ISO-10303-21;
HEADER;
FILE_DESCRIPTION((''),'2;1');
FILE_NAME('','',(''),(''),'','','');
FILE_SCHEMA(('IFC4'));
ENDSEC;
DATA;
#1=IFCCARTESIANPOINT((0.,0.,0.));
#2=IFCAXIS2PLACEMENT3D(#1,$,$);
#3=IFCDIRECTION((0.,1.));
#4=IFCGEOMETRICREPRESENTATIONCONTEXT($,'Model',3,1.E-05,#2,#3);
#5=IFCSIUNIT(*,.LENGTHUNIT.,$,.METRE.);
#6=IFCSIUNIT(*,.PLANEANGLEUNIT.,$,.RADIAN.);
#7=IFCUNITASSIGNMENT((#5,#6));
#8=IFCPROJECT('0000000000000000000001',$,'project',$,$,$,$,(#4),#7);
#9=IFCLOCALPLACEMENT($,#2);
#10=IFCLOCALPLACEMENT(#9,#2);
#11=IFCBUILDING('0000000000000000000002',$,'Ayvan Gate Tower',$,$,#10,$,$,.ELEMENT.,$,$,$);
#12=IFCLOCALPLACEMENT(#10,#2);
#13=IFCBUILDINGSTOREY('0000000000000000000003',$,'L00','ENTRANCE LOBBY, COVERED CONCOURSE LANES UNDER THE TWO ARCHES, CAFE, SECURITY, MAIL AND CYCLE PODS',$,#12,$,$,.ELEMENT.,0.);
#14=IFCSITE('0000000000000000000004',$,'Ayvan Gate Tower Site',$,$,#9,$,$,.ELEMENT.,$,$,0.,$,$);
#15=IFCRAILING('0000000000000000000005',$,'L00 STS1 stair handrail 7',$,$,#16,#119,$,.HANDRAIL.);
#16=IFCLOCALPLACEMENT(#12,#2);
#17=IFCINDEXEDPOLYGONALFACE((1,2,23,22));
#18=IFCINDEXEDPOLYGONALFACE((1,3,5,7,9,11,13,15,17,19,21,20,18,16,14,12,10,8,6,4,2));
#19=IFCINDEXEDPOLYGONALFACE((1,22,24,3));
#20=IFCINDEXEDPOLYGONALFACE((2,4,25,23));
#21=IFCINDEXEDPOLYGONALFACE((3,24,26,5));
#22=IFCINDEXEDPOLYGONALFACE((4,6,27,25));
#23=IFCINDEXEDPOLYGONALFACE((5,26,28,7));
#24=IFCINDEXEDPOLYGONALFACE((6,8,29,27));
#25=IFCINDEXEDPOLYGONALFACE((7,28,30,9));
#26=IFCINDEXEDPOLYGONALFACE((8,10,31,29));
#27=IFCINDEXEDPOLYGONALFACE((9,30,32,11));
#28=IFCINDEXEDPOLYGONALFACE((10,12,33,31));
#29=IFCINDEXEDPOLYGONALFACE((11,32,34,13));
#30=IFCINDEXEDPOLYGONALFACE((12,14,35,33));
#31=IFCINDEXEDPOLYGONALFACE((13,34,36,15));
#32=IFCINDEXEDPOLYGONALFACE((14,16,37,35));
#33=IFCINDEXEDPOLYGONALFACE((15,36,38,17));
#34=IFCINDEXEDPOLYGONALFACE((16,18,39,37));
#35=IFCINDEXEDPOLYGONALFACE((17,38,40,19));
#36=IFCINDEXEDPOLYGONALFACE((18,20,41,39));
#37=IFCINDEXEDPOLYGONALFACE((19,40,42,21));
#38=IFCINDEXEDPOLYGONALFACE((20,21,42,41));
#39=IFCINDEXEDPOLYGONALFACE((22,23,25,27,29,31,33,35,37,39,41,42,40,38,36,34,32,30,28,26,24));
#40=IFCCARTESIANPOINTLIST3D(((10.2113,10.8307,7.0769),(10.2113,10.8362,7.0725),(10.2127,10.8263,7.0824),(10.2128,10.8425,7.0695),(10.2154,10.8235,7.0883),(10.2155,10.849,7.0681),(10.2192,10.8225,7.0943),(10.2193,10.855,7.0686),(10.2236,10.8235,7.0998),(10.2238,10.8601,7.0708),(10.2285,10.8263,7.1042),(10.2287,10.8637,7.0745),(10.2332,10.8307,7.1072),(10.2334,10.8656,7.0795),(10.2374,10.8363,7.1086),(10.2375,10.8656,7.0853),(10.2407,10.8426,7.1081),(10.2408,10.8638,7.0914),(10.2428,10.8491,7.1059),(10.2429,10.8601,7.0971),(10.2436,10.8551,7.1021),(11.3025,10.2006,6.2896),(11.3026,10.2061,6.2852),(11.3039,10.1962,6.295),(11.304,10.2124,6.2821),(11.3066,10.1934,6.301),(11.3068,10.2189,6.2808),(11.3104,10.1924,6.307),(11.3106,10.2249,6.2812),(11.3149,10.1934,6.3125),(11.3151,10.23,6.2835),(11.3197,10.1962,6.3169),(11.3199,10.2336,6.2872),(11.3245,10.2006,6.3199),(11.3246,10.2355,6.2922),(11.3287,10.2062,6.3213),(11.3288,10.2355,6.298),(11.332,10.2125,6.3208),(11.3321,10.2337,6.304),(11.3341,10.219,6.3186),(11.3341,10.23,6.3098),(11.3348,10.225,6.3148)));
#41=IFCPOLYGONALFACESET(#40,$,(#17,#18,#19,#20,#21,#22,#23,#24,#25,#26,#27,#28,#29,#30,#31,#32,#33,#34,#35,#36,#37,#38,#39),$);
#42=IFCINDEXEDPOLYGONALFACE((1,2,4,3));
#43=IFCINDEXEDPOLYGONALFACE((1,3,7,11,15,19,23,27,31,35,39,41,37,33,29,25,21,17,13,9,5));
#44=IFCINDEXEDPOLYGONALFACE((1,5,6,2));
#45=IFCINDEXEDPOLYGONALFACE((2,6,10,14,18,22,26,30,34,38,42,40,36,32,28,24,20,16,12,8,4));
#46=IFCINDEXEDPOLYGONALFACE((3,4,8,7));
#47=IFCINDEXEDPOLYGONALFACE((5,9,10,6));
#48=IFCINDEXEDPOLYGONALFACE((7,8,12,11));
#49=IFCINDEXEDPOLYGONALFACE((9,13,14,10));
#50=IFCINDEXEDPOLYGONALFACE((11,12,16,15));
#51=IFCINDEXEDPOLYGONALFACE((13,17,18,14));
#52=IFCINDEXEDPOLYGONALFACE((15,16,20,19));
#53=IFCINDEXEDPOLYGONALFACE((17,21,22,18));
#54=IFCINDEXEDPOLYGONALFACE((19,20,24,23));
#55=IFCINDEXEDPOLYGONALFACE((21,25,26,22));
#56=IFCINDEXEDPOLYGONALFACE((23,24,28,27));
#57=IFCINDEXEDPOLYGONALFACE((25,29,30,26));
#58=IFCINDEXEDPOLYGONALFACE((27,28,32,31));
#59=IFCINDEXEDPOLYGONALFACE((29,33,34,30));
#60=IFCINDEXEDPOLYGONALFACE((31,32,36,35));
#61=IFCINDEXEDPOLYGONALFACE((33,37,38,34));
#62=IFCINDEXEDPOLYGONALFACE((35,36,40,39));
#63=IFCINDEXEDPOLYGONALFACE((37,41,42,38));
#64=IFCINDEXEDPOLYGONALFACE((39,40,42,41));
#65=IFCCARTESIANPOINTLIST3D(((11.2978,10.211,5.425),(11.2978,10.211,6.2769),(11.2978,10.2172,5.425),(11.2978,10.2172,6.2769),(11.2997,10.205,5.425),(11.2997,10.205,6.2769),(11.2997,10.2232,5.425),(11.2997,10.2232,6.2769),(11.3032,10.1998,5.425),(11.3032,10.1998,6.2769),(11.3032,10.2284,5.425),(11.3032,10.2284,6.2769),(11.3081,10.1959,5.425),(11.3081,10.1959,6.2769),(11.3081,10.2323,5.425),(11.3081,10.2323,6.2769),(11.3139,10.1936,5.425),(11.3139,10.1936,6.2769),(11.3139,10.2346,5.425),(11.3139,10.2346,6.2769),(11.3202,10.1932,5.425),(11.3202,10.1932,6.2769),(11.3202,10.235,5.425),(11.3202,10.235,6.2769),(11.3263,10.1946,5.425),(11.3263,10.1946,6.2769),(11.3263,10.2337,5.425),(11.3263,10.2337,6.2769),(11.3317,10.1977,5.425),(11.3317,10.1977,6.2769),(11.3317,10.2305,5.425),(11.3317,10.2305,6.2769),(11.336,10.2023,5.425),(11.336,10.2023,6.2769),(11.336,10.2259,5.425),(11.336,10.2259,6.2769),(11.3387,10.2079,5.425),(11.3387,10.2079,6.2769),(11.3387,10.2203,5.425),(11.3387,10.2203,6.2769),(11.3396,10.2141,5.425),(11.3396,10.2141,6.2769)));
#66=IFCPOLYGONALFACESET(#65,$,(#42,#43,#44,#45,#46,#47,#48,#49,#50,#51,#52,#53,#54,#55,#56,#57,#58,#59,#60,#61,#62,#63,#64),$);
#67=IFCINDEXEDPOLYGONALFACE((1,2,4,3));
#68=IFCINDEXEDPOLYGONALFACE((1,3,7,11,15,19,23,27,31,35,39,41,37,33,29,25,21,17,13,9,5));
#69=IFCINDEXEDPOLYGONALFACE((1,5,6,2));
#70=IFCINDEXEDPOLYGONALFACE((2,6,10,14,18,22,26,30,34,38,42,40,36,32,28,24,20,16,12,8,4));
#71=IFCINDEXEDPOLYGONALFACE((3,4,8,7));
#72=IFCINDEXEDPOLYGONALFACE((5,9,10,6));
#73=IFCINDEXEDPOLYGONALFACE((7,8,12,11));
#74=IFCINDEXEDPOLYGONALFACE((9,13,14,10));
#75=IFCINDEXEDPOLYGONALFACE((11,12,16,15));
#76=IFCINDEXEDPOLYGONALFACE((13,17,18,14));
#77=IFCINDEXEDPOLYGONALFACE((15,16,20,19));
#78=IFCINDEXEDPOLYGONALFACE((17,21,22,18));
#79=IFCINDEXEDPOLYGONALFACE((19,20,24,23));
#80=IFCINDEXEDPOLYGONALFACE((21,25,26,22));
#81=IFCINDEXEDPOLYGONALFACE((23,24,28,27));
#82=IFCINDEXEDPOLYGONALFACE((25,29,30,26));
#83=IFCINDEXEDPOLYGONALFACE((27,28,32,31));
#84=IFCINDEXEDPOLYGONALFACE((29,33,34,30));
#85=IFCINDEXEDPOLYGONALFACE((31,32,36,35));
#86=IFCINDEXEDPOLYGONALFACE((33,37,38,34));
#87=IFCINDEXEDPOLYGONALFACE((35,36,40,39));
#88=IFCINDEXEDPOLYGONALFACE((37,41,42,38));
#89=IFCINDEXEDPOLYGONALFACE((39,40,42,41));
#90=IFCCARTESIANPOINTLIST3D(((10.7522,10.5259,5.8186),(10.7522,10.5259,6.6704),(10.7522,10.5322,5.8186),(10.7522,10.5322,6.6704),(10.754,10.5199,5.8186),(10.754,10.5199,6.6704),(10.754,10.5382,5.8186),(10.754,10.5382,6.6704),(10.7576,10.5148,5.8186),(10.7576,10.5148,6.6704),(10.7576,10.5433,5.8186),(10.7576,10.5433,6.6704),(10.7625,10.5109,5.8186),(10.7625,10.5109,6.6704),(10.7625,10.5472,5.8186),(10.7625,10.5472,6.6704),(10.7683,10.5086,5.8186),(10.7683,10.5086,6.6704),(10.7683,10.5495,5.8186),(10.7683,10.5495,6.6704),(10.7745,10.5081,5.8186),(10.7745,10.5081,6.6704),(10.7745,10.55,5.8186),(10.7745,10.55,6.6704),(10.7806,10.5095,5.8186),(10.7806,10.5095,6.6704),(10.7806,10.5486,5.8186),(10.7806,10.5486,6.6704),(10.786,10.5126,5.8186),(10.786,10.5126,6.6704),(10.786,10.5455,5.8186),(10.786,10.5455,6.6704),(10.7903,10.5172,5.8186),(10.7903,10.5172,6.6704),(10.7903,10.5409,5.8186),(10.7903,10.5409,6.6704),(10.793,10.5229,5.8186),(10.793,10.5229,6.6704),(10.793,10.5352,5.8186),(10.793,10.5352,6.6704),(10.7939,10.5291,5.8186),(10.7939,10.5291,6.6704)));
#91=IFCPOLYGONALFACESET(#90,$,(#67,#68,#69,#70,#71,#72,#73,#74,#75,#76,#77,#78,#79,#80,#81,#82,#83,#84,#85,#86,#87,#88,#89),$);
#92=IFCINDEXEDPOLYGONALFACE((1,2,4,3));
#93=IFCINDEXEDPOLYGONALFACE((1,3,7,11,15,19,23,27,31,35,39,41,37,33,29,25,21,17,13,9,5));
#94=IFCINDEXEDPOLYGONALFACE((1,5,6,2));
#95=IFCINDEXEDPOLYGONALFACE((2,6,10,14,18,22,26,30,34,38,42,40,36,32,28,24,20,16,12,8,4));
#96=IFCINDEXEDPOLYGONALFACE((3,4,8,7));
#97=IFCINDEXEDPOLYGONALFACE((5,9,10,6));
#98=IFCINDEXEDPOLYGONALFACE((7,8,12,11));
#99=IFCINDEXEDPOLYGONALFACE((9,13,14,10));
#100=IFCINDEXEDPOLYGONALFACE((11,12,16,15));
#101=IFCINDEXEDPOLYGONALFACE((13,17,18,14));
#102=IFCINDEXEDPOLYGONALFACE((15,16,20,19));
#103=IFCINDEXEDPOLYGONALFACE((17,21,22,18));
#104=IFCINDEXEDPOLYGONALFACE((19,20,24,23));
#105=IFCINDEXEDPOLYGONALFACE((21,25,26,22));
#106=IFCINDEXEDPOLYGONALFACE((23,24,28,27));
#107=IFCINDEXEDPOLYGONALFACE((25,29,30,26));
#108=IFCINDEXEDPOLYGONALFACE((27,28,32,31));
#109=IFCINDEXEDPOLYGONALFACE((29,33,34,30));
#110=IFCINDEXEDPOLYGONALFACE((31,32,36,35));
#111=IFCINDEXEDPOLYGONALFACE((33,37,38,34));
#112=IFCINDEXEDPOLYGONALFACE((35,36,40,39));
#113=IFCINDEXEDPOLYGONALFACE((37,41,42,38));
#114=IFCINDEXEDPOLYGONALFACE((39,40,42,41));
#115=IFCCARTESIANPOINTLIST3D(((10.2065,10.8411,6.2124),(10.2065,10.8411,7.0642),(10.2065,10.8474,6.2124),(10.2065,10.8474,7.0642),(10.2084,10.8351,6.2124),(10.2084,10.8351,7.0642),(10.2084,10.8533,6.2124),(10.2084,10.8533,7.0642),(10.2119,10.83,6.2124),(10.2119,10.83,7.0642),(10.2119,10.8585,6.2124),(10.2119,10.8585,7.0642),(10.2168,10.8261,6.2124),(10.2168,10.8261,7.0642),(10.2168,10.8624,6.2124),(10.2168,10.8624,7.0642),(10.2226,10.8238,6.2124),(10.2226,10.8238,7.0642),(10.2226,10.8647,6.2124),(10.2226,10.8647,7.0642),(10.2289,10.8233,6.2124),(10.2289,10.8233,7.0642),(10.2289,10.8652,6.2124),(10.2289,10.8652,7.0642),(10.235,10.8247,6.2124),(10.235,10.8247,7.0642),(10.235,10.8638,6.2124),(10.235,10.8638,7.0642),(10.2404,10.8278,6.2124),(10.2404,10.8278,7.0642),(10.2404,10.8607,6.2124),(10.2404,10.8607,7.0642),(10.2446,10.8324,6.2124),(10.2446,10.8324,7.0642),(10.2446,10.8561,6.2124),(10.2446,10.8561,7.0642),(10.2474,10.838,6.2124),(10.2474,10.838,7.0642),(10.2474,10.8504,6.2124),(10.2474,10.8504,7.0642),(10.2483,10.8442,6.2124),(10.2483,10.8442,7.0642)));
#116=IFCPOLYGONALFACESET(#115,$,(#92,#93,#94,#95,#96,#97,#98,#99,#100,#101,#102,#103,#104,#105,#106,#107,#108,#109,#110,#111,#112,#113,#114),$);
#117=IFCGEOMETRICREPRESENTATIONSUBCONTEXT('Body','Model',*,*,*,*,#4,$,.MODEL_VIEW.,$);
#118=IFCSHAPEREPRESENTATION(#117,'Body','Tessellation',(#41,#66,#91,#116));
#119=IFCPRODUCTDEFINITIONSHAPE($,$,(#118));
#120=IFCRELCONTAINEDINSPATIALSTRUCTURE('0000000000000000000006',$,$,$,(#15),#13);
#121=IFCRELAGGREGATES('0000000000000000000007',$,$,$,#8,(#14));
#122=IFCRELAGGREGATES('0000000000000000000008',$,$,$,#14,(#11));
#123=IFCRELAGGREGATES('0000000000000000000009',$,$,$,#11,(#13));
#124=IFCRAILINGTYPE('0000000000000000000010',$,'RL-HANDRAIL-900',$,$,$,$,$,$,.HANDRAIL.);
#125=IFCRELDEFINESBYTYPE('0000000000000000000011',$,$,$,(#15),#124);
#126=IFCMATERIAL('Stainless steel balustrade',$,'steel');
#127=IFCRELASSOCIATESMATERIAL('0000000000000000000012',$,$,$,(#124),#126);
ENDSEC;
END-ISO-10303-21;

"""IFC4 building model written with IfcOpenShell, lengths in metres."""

from ifc_helpers import new_model, si_unit, direction, frame, origin, origin_2d, place, context, subcontext, project, spatial, circle, extrude, material, type_object, element, save


model = new_model("IFC4")

# Units and contexts
model_context = context("Model", 3, precision=1e-05, world=origin(), true_north=direction((0.0, 1.0)))
body_context = subcontext(model_context, "Body", "Model", "MODEL_VIEW")
ifc_project = project(units=[si_unit("LENGTHUNIT", "METRE"), si_unit("PLANEANGLEUNIT", "RADIAN")], contexts=[model_context])

# Site, building, storey
site_placement = place(None, origin())
site = spatial("IfcSite", under=ifc_project, at=site_placement, Name="Ayvan Gate Tower Site", CompositionType="ELEMENT", RefElevation=0.0)
building_placement = place(site_placement, origin())
building = spatial("IfcBuilding", under=site, at=building_placement, Name="Ayvan Gate Tower", CompositionType="ELEMENT")
storey_placement = place(building_placement, origin())
storey = spatial("IfcBuildingStorey", under=building, at=storey_placement, Name="L00", Description="ENTRANCE LOBBY, COVERED CONCOURSE LANES UNDER THE TWO ARCHES, CAFE, SECURITY, MAIL AND CYCLE PODS", CompositionType="ELEMENT", Elevation=0.0)

# Railing
ifc_material_1 = material(Name="Stainless steel balustrade", Category="steel")
railing_type_1 = type_object("IfcRailingType", Name="RL-HANDRAIL-900", PredefinedType="HANDRAIL", material=ifc_material_1)
railing_1_placement = place(storey_placement, frame((11.3186, 10.2141, 5.425)))
element("IfcRailing", 1, at=railing_1_placement, inside=storey, type_object=railing_type_1, Name="L00 STS1 stair handrail 7", PredefinedType="HANDRAIL", context=body_context, shape_type="SweptSolid", body=[
    extrude(circle(Radius=0.0239, at=origin_2d()), frame((0.0, 0.0, 0.876), z_axis=(-0.734436, 0.424067, 0.529878), x_axis=(-0.500035, -0.866005, 0.0)), (0.0, 0.0, 1.0), 1.4858),
    extrude(circle(Radius=0.021, at=origin_2d()), origin(), (0.0, 0.0, 1.0), 0.8518),
    extrude(circle(Radius=0.021, at=origin_2d()), frame((-0.5457, 0.3149, 0.3936)), (0.0, 0.0, 1.0), 0.8518),
    extrude(circle(Radius=0.021, at=origin_2d()), frame((-1.0913, 0.6301, 0.7874)), (0.0, 0.0, 1.0), 0.8518),
])

save(model, "model.ifc")
